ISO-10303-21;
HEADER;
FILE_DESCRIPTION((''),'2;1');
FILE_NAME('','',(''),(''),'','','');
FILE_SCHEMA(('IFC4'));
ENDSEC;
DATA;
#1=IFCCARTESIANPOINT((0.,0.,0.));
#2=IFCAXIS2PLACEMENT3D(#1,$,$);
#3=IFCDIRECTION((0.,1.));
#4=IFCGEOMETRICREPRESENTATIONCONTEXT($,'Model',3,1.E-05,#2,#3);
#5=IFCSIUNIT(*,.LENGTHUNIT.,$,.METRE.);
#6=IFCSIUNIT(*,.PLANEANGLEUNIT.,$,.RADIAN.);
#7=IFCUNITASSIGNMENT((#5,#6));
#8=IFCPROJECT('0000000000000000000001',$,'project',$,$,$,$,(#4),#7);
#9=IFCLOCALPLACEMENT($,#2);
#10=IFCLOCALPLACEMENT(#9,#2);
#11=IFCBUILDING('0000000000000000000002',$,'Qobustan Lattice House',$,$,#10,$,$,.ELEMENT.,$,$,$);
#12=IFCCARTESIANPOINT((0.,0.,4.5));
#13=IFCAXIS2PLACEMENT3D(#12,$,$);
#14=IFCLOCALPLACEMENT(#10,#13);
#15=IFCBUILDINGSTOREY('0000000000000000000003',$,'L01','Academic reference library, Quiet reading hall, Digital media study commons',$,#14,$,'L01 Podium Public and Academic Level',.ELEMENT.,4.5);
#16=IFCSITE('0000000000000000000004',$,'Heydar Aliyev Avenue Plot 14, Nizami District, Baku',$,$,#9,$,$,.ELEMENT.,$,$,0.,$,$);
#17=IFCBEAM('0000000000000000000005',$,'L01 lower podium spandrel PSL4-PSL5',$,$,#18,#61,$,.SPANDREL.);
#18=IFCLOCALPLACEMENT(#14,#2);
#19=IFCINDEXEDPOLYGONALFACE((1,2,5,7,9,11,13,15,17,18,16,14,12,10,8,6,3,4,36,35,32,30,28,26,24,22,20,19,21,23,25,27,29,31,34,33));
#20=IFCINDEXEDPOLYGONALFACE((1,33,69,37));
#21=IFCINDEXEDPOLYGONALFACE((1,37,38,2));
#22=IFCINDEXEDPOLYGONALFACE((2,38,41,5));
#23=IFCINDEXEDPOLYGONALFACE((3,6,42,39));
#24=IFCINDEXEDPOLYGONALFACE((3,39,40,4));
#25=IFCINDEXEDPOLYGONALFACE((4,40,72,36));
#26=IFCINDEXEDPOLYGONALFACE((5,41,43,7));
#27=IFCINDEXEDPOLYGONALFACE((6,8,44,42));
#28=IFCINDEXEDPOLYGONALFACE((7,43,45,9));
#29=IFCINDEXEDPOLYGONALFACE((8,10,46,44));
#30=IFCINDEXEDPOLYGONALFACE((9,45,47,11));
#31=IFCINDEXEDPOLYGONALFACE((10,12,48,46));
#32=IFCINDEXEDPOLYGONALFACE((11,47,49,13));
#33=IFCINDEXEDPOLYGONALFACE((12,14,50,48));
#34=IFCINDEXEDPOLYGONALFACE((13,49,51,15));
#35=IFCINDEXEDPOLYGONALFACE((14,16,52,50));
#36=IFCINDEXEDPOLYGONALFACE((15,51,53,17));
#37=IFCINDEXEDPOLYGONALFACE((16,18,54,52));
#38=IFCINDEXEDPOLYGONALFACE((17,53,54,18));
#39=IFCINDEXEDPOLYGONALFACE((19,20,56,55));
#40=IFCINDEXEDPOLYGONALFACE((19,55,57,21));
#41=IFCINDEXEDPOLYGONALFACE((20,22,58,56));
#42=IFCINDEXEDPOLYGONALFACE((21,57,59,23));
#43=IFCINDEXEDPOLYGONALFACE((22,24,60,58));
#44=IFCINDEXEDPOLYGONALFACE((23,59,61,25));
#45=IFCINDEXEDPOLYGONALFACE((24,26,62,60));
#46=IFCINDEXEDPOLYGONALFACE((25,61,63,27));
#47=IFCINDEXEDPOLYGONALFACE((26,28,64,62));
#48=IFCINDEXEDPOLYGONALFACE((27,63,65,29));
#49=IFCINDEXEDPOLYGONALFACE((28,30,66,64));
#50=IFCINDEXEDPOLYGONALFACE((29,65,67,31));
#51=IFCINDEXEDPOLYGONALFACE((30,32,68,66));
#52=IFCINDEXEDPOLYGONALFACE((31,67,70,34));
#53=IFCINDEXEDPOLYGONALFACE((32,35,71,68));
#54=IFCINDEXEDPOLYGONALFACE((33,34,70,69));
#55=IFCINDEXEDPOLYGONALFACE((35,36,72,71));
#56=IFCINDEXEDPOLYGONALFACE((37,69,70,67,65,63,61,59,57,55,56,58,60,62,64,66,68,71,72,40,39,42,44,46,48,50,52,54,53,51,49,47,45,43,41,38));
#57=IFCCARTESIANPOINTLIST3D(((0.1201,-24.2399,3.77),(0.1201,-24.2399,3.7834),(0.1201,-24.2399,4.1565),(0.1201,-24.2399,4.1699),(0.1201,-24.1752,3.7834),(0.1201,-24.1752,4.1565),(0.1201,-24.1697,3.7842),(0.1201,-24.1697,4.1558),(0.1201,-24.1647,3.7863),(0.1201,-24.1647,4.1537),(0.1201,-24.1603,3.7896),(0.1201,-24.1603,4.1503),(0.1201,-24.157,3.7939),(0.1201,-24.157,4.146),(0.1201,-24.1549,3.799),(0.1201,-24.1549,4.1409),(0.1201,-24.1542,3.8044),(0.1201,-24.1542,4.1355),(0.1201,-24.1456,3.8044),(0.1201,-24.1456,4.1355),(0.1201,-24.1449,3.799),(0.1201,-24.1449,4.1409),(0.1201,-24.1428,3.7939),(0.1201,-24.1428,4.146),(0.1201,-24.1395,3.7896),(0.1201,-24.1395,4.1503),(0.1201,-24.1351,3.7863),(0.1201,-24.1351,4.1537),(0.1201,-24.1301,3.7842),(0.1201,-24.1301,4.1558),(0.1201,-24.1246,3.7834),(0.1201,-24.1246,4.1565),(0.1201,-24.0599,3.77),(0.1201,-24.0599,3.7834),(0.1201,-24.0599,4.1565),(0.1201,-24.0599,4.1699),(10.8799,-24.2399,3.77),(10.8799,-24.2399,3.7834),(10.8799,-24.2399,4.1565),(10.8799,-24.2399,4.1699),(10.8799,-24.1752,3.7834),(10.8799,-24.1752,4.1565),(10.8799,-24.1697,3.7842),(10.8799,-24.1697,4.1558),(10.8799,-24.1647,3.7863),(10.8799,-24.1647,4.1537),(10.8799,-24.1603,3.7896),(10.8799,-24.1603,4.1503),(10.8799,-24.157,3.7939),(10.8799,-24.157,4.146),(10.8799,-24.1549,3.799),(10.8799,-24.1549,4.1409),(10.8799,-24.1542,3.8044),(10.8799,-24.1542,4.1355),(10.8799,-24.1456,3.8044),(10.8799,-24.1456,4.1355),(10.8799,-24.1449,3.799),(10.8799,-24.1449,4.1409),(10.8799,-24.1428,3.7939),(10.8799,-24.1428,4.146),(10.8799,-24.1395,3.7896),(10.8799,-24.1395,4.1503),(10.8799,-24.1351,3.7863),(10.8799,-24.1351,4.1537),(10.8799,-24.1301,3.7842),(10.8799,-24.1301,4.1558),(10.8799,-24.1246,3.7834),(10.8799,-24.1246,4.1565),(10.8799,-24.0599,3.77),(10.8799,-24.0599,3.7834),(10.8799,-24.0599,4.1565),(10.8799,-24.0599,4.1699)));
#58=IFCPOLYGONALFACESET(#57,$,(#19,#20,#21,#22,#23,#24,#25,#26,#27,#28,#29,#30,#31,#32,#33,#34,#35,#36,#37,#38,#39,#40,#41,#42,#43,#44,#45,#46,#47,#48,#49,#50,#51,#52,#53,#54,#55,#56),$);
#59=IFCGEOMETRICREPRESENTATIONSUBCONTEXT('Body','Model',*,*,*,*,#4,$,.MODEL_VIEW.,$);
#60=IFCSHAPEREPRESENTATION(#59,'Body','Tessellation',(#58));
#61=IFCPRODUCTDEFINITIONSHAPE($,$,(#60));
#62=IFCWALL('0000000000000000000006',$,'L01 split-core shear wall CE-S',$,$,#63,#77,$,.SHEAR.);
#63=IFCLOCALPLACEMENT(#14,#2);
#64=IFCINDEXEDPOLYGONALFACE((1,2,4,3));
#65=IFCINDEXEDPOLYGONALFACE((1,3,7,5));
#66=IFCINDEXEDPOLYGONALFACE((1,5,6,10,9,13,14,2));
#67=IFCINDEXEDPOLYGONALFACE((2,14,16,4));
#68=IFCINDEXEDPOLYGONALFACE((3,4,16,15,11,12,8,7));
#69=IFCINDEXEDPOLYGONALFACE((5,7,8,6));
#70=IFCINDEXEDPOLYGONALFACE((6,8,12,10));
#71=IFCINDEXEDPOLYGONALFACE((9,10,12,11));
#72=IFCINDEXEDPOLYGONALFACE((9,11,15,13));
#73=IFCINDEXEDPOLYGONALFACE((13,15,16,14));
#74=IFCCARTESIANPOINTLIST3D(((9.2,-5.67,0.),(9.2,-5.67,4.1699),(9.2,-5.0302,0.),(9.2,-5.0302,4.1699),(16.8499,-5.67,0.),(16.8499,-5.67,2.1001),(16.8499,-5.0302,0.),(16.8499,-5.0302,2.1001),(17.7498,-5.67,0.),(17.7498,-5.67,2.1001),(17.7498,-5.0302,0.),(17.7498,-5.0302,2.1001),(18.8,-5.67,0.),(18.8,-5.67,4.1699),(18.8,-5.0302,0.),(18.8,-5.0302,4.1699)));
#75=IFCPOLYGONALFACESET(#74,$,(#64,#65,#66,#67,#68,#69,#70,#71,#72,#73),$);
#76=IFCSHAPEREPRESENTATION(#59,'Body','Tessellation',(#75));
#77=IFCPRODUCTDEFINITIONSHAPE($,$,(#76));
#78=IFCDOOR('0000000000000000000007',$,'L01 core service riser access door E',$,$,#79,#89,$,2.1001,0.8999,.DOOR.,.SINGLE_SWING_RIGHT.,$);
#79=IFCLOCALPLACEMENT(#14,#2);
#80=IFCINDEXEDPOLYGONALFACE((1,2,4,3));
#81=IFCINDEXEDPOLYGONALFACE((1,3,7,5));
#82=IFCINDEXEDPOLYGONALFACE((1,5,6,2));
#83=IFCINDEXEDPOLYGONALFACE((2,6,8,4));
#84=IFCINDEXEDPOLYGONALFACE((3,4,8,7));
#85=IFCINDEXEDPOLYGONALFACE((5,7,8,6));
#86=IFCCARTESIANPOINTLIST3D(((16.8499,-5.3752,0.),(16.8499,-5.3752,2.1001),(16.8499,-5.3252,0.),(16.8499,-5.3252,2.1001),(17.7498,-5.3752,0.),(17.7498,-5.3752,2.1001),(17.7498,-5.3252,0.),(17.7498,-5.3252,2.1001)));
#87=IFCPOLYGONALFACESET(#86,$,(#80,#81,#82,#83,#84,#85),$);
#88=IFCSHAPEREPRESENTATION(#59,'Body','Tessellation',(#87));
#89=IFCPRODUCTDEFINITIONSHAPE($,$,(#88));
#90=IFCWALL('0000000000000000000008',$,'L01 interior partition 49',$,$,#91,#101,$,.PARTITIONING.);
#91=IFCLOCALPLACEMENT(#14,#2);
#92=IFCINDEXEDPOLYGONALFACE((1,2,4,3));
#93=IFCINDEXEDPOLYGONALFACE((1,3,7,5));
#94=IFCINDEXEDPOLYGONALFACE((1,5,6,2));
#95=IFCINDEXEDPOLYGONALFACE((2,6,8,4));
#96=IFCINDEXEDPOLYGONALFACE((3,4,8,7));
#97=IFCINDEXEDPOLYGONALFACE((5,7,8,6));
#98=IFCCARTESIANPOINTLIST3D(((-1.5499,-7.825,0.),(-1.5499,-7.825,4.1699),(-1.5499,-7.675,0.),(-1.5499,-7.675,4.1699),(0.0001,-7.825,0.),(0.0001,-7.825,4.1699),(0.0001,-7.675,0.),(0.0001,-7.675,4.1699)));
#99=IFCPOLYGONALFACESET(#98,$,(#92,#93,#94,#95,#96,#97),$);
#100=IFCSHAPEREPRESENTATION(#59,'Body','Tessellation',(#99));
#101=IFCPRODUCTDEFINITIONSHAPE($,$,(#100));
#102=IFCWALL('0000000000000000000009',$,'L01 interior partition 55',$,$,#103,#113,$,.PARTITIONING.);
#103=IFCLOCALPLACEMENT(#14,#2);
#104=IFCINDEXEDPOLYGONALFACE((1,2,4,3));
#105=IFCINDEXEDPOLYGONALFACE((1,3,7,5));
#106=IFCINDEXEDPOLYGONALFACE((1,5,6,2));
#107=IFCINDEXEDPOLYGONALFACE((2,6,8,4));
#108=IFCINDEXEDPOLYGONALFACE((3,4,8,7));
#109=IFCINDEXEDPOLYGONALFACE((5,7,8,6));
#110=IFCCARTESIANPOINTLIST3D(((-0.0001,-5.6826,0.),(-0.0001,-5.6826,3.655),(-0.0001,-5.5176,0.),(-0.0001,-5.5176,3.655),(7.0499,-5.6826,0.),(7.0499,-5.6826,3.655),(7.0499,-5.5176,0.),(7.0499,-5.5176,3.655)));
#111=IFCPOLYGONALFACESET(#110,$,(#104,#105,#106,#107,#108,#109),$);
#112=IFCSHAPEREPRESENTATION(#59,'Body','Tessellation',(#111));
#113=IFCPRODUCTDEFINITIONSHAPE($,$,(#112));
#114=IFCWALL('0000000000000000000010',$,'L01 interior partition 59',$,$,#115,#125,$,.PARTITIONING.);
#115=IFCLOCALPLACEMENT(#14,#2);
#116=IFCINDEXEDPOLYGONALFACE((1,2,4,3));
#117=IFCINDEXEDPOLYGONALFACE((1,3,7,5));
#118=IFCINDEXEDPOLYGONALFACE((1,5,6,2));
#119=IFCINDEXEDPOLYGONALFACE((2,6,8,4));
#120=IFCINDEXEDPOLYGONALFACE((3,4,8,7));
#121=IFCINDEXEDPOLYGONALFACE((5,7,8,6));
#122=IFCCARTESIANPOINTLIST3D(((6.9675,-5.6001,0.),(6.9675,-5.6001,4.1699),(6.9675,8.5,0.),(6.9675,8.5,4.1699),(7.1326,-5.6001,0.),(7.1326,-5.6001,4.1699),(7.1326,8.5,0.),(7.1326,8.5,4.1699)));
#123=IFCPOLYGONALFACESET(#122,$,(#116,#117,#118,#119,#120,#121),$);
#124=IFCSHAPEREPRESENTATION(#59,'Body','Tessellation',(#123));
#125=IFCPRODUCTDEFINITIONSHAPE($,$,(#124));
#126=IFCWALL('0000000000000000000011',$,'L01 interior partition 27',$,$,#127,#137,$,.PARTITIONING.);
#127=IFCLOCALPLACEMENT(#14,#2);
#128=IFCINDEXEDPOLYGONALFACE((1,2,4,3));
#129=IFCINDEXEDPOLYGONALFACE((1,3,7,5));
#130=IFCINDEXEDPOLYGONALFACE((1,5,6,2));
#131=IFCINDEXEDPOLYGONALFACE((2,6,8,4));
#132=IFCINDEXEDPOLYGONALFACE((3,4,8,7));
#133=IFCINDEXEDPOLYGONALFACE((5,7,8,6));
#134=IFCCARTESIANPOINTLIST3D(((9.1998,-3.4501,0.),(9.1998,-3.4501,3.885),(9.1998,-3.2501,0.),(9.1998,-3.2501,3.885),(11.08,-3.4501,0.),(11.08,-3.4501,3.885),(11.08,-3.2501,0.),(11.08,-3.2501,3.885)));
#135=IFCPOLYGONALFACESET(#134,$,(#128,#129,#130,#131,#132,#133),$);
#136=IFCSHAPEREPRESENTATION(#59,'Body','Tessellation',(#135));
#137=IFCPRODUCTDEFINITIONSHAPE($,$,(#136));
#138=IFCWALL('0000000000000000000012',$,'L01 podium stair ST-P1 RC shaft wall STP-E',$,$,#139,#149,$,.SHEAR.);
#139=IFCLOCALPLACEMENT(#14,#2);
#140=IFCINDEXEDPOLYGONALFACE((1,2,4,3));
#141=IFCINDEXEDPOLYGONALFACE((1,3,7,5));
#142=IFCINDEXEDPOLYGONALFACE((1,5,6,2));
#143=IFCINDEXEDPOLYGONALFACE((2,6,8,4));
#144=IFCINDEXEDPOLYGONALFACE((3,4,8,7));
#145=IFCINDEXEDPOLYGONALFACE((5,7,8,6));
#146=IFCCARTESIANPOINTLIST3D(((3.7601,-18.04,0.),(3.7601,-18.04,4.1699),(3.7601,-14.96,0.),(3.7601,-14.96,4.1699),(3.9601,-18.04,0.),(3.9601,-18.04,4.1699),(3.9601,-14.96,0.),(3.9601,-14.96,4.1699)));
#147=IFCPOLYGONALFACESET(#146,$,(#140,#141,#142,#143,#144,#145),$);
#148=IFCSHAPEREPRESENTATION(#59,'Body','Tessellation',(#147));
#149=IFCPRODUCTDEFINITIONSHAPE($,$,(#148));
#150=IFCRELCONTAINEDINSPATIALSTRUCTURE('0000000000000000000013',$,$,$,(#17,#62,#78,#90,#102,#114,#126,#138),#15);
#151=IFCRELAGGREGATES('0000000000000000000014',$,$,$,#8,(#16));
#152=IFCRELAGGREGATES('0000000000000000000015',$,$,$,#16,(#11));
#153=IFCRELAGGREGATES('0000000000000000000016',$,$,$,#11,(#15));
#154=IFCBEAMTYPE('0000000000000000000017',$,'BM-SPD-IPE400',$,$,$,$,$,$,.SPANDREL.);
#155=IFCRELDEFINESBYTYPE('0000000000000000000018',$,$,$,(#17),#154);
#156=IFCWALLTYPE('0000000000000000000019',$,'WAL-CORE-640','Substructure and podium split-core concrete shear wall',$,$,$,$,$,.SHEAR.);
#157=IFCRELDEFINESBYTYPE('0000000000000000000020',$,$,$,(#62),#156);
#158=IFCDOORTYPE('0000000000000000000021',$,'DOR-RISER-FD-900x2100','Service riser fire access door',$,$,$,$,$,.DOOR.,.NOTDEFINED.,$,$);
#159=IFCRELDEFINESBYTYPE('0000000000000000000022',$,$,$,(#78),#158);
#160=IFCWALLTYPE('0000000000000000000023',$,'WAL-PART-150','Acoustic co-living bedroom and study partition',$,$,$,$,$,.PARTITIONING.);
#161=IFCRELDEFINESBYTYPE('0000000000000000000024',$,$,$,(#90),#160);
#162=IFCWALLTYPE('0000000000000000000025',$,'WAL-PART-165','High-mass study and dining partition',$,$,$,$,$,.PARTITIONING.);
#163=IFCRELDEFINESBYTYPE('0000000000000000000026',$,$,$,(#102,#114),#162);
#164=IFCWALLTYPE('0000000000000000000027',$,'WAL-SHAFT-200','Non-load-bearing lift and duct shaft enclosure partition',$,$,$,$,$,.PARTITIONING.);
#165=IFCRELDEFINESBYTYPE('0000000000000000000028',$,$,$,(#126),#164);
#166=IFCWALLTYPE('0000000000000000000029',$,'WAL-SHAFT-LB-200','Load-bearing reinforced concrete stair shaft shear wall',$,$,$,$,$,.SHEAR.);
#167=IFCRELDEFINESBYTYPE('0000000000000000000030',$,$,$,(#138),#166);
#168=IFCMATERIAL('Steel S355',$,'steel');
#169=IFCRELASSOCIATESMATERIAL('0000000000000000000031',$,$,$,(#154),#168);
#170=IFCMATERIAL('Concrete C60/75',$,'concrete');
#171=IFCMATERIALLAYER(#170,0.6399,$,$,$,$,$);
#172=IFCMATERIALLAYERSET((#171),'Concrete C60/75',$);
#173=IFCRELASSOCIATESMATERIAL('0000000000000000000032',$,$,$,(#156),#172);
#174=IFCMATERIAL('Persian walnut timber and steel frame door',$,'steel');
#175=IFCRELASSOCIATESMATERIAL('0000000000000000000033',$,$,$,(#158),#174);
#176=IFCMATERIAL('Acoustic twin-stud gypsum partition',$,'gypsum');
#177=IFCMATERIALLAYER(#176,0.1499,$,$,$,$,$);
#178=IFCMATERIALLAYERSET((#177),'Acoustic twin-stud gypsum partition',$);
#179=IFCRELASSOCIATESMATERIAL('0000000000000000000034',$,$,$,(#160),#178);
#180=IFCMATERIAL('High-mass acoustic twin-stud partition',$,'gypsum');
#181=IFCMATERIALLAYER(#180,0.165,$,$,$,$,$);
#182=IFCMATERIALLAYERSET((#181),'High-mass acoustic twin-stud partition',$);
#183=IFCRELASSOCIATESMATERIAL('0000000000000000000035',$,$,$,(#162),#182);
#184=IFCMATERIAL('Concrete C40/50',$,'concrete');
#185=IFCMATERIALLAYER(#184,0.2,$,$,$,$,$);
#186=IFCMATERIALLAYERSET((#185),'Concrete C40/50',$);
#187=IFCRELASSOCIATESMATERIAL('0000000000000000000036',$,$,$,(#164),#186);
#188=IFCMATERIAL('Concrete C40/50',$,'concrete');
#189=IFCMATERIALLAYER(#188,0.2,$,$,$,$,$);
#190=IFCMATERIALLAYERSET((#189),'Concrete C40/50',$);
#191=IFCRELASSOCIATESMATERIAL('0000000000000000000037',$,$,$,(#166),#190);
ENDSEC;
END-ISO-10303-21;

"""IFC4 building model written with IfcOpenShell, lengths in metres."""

from ifc_helpers import new_model, si_unit, direction, frame, frame_2d, origin, origin_2d, place, context, subcontext, project, spatial, rectangle, i_section, extrude, material, layer, layer_set, material_profile, profile_set, type_object, element, fill, save


model = new_model("IFC4")

# Units and contexts
model_context = context("Model", 3, precision=1e-05, world=origin(), true_north=direction((0.0, 1.0)))
body_context = subcontext(model_context, "Body", "Model", "MODEL_VIEW")
ifc_project = project(units=[si_unit("LENGTHUNIT", "METRE"), si_unit("PLANEANGLEUNIT", "RADIAN")], contexts=[model_context])

# Site, building, storey
site_placement = place(None, origin())
site = spatial("IfcSite", under=ifc_project, at=site_placement, Name="Heydar Aliyev Avenue Plot 14, Nizami District, Baku", CompositionType="ELEMENT", RefElevation=0.0)
building_placement = place(site_placement, origin())
building = spatial("IfcBuilding", under=site, at=building_placement, Name="Qobustan Lattice House", CompositionType="ELEMENT")
storey_placement = place(building_placement, frame((0.0, 0.0, 4.5)))
storey = spatial("IfcBuildingStorey", under=building, at=storey_placement, Name="L01", Description="Academic reference library, Quiet reading hall, Digital media study commons", LongName="L01 Podium Public and Academic Level", CompositionType="ELEMENT", Elevation=4.5)

# Beam
ifc_material_1 = material(Name="Steel S355", Category="steel")
ifc_material_profile_1 = material_profile(ifc_material_1, i_section(OverallWidth=0.1799, OverallDepth=0.3999, WebThickness=0.0085, FlangeThickness=0.0134, FilletRadius=0.021, at=origin_2d()), Name="IPE400")
ifc_profile_set_1 = profile_set([ifc_material_profile_1], Name="Steel S355")
beam_type_1 = type_object("IfcBeamType", Name="BM-SPD-IPE400", PredefinedType="SPANDREL", material=ifc_profile_set_1)
for number, where, z_axis, x_axis, name in (
    (1, (0.1201, -24.1499, 3.97), (1.0, 0.0, 0.0), (0.0, 1.0, 0.0), "L01 lower podium spandrel PSL4-PSL5"),
):
    element("IfcBeam", number, at=place(storey_placement, frame(where, z_axis=z_axis, x_axis=x_axis)), inside=storey, type_object=beam_type_1, Name=name, PredefinedType="SPANDREL", context=body_context, shape_type="SweptSolid", body=[
        extrude(i_section(OverallWidth=0.1799, OverallDepth=0.3999, WebThickness=0.0085, FlangeThickness=0.0134, FilletRadius=0.021, at=origin_2d()), origin(), (0.0, 0.0, 1.0), 10.7598),
    ])

# Wall, opening, door
ifc_material_2 = material(Name="Concrete C60/75", Category="concrete")
ifc_layer_1 = layer(ifc_material_2, 0.6399)
ifc_layer_set_1 = layer_set([ifc_layer_1], Name="Concrete C60/75")
wall_type_1 = type_object("IfcWallType", Name="WAL-CORE-640", Description="Substructure and podium split-core concrete shear wall", PredefinedType="SHEAR", material=ifc_layer_set_1)
wall_1_placement = place(storey_placement, frame((9.2, -5.3501, 0.0), z_axis=(0.0, 0.0, 1.0), x_axis=(1.0, 0.0, 0.0)))
wall_1 = element("IfcWall", 2, at=wall_1_placement, inside=storey, type_object=wall_type_1, Name="L01 split-core shear wall CE-S", PredefinedType="SHEAR", context=body_context, shape_type="SweptSolid", body=[
    extrude(rectangle(XDim=9.6001, YDim=0.6399, at=frame_2d((4.8, 0.0))), origin(), (0.0, 0.0, 1.0), 4.1699),
])
opening_1_placement = place(wall_1_placement, frame((7.6499, 0.0, 0.0)))
opening_1 = element("IfcOpeningElement", 3, at=opening_1_placement, cuts=wall_1, PredefinedType="OPENING", context=body_context, shape_type="SweptSolid", body=[
    extrude(rectangle(XDim=0.8999, YDim=2.1001, at=frame_2d((0.45, 1.05))), frame((0.0, 0.3298, 0.0), z_axis=(0.0, -1.0, 0.0), x_axis=(1.0, 0.0, 0.0)), (0.0, 0.0, 1.0), 0.6599),
])
ifc_material_3 = material(Name="Persian walnut timber and steel frame door", Category="steel")
door_type_1 = type_object("IfcDoorType", Name="DOR-RISER-FD-900x2100", Description="Service riser fire access door", OperationType="NOTDEFINED", PredefinedType="DOOR", material=ifc_material_3)
door_1_placement = place(opening_1_placement, origin())
door_1 = element("IfcDoor", 4, at=door_1_placement, inside=storey, type_object=door_type_1, Name="L01 core service riser access door E", OperationType="SINGLE_SWING_RIGHT", OverallHeight=2.1001, OverallWidth=0.8999, PredefinedType="DOOR", context=body_context, shape_type="SweptSolid", body=[
    extrude(rectangle(XDim=0.8999, YDim=2.1001, at=frame_2d((0.45, 1.05))), frame((0.0, 0.0249, 0.0), z_axis=(0.0, -1.0, 0.0), x_axis=(1.0, 0.0, 0.0)), (0.0, 0.0, 1.0), 0.05),
])
fill(opening_1, door_1)

# Walls
ifc_material_4 = material(Name="Acoustic twin-stud gypsum partition", Category="gypsum")
ifc_layer_2 = layer(ifc_material_4, 0.1499)
ifc_layer_set_2 = layer_set([ifc_layer_2], Name="Acoustic twin-stud gypsum partition")
wall_type_2 = type_object("IfcWallType", Name="WAL-PART-150", Description="Acoustic co-living bedroom and study partition", PredefinedType="PARTITIONING", material=ifc_layer_set_2)
wall_2_placement = place(storey_placement, frame((0.0, -7.75, 0.0), z_axis=(0.0, 0.0, 1.0), x_axis=(-1.0, 0.0, 0.0)))
element("IfcWall", 5, at=wall_2_placement, inside=storey, type_object=wall_type_2, Name="L01 interior partition 49", PredefinedType="PARTITIONING", context=body_context, shape_type="SweptSolid", body=[
    extrude(rectangle(XDim=1.55, YDim=0.1499, at=frame_2d((0.7749, 0.0))), origin(), (0.0, 0.0, 1.0), 4.1699),
])
ifc_material_5 = material(Name="High-mass acoustic twin-stud partition", Category="gypsum")
ifc_layer_3 = layer(ifc_material_5, 0.165)
ifc_layer_set_3 = layer_set([ifc_layer_3], Name="High-mass acoustic twin-stud partition")
wall_type_3 = type_object("IfcWallType", Name="WAL-PART-165", Description="High-mass study and dining partition", PredefinedType="PARTITIONING", material=ifc_layer_set_3)
wall_3_placement = place(storey_placement, frame((0.0, -5.6001, 0.0), z_axis=(0.0, 0.0, 1.0), x_axis=(1.0, 0.0, 0.0)))
element("IfcWall", 6, at=wall_3_placement, inside=storey, type_object=wall_type_3, Name="L01 interior partition 55", PredefinedType="PARTITIONING", context=body_context, shape_type="SweptSolid", body=[
    extrude(rectangle(XDim=7.05, YDim=0.165, at=frame_2d((3.5249, 0.0))), origin(), (0.0, 0.0, 1.0), 3.655),
])
wall_4_placement = place(storey_placement, frame((7.05, -5.6001, 0.0), z_axis=(0.0, 0.0, 1.0), x_axis=(0.0, 1.0, 0.0)))
element("IfcWall", 7, at=wall_4_placement, inside=storey, type_object=wall_type_3, Name="L01 interior partition 59", PredefinedType="PARTITIONING", context=body_context, shape_type="SweptSolid", body=[
    extrude(rectangle(XDim=14.1001, YDim=0.165, at=frame_2d((7.05, 0.0))), origin(), (0.0, 0.0, 1.0), 4.1699),
])
ifc_material_6 = material(Name="Concrete C40/50", Category="concrete")
ifc_layer_4 = layer(ifc_material_6, 0.2)
ifc_layer_set_4 = layer_set([ifc_layer_4], Name="Concrete C40/50")
wall_type_4 = type_object("IfcWallType", Name="WAL-SHAFT-200", Description="Non-load-bearing lift and duct shaft enclosure partition", PredefinedType="PARTITIONING", material=ifc_layer_set_4)
wall_5_placement = place(storey_placement, frame((9.2, -3.3501, 0.0), z_axis=(0.0, 0.0, 1.0), x_axis=(1.0, 0.0, 0.0)))
element("IfcWall", 8, at=wall_5_placement, inside=storey, type_object=wall_type_4, Name="L01 interior partition 27", PredefinedType="PARTITIONING", context=body_context, shape_type="SweptSolid", body=[
    extrude(rectangle(XDim=1.8801, YDim=0.2, at=frame_2d((0.9399, 0.0))), origin(), (0.0, 0.0, 1.0), 3.885),
])
ifc_material_7 = material(Name="Concrete C40/50", Category="concrete")
ifc_layer_5 = layer(ifc_material_7, 0.2)
ifc_layer_set_5 = layer_set([ifc_layer_5], Name="Concrete C40/50")
wall_type_5 = type_object("IfcWallType", Name="WAL-SHAFT-LB-200", Description="Load-bearing reinforced concrete stair shaft shear wall", PredefinedType="SHEAR", material=ifc_layer_set_5)
wall_6_placement = place(storey_placement, frame((3.8601, -18.04, 0.0), z_axis=(0.0, 0.0, 1.0), x_axis=(0.0, 1.0, 0.0)))
element("IfcWall", 9, at=wall_6_placement, inside=storey, type_object=wall_type_5, Name="L01 podium stair ST-P1 RC shaft wall STP-E", PredefinedType="SHEAR", context=body_context, shape_type="SweptSolid", body=[
    extrude(rectangle(XDim=3.0801, YDim=0.2, at=frame_2d((1.54, 0.0))), origin(), (0.0, 0.0, 1.0), 4.1699),
])

save(model, "model.ifc")
